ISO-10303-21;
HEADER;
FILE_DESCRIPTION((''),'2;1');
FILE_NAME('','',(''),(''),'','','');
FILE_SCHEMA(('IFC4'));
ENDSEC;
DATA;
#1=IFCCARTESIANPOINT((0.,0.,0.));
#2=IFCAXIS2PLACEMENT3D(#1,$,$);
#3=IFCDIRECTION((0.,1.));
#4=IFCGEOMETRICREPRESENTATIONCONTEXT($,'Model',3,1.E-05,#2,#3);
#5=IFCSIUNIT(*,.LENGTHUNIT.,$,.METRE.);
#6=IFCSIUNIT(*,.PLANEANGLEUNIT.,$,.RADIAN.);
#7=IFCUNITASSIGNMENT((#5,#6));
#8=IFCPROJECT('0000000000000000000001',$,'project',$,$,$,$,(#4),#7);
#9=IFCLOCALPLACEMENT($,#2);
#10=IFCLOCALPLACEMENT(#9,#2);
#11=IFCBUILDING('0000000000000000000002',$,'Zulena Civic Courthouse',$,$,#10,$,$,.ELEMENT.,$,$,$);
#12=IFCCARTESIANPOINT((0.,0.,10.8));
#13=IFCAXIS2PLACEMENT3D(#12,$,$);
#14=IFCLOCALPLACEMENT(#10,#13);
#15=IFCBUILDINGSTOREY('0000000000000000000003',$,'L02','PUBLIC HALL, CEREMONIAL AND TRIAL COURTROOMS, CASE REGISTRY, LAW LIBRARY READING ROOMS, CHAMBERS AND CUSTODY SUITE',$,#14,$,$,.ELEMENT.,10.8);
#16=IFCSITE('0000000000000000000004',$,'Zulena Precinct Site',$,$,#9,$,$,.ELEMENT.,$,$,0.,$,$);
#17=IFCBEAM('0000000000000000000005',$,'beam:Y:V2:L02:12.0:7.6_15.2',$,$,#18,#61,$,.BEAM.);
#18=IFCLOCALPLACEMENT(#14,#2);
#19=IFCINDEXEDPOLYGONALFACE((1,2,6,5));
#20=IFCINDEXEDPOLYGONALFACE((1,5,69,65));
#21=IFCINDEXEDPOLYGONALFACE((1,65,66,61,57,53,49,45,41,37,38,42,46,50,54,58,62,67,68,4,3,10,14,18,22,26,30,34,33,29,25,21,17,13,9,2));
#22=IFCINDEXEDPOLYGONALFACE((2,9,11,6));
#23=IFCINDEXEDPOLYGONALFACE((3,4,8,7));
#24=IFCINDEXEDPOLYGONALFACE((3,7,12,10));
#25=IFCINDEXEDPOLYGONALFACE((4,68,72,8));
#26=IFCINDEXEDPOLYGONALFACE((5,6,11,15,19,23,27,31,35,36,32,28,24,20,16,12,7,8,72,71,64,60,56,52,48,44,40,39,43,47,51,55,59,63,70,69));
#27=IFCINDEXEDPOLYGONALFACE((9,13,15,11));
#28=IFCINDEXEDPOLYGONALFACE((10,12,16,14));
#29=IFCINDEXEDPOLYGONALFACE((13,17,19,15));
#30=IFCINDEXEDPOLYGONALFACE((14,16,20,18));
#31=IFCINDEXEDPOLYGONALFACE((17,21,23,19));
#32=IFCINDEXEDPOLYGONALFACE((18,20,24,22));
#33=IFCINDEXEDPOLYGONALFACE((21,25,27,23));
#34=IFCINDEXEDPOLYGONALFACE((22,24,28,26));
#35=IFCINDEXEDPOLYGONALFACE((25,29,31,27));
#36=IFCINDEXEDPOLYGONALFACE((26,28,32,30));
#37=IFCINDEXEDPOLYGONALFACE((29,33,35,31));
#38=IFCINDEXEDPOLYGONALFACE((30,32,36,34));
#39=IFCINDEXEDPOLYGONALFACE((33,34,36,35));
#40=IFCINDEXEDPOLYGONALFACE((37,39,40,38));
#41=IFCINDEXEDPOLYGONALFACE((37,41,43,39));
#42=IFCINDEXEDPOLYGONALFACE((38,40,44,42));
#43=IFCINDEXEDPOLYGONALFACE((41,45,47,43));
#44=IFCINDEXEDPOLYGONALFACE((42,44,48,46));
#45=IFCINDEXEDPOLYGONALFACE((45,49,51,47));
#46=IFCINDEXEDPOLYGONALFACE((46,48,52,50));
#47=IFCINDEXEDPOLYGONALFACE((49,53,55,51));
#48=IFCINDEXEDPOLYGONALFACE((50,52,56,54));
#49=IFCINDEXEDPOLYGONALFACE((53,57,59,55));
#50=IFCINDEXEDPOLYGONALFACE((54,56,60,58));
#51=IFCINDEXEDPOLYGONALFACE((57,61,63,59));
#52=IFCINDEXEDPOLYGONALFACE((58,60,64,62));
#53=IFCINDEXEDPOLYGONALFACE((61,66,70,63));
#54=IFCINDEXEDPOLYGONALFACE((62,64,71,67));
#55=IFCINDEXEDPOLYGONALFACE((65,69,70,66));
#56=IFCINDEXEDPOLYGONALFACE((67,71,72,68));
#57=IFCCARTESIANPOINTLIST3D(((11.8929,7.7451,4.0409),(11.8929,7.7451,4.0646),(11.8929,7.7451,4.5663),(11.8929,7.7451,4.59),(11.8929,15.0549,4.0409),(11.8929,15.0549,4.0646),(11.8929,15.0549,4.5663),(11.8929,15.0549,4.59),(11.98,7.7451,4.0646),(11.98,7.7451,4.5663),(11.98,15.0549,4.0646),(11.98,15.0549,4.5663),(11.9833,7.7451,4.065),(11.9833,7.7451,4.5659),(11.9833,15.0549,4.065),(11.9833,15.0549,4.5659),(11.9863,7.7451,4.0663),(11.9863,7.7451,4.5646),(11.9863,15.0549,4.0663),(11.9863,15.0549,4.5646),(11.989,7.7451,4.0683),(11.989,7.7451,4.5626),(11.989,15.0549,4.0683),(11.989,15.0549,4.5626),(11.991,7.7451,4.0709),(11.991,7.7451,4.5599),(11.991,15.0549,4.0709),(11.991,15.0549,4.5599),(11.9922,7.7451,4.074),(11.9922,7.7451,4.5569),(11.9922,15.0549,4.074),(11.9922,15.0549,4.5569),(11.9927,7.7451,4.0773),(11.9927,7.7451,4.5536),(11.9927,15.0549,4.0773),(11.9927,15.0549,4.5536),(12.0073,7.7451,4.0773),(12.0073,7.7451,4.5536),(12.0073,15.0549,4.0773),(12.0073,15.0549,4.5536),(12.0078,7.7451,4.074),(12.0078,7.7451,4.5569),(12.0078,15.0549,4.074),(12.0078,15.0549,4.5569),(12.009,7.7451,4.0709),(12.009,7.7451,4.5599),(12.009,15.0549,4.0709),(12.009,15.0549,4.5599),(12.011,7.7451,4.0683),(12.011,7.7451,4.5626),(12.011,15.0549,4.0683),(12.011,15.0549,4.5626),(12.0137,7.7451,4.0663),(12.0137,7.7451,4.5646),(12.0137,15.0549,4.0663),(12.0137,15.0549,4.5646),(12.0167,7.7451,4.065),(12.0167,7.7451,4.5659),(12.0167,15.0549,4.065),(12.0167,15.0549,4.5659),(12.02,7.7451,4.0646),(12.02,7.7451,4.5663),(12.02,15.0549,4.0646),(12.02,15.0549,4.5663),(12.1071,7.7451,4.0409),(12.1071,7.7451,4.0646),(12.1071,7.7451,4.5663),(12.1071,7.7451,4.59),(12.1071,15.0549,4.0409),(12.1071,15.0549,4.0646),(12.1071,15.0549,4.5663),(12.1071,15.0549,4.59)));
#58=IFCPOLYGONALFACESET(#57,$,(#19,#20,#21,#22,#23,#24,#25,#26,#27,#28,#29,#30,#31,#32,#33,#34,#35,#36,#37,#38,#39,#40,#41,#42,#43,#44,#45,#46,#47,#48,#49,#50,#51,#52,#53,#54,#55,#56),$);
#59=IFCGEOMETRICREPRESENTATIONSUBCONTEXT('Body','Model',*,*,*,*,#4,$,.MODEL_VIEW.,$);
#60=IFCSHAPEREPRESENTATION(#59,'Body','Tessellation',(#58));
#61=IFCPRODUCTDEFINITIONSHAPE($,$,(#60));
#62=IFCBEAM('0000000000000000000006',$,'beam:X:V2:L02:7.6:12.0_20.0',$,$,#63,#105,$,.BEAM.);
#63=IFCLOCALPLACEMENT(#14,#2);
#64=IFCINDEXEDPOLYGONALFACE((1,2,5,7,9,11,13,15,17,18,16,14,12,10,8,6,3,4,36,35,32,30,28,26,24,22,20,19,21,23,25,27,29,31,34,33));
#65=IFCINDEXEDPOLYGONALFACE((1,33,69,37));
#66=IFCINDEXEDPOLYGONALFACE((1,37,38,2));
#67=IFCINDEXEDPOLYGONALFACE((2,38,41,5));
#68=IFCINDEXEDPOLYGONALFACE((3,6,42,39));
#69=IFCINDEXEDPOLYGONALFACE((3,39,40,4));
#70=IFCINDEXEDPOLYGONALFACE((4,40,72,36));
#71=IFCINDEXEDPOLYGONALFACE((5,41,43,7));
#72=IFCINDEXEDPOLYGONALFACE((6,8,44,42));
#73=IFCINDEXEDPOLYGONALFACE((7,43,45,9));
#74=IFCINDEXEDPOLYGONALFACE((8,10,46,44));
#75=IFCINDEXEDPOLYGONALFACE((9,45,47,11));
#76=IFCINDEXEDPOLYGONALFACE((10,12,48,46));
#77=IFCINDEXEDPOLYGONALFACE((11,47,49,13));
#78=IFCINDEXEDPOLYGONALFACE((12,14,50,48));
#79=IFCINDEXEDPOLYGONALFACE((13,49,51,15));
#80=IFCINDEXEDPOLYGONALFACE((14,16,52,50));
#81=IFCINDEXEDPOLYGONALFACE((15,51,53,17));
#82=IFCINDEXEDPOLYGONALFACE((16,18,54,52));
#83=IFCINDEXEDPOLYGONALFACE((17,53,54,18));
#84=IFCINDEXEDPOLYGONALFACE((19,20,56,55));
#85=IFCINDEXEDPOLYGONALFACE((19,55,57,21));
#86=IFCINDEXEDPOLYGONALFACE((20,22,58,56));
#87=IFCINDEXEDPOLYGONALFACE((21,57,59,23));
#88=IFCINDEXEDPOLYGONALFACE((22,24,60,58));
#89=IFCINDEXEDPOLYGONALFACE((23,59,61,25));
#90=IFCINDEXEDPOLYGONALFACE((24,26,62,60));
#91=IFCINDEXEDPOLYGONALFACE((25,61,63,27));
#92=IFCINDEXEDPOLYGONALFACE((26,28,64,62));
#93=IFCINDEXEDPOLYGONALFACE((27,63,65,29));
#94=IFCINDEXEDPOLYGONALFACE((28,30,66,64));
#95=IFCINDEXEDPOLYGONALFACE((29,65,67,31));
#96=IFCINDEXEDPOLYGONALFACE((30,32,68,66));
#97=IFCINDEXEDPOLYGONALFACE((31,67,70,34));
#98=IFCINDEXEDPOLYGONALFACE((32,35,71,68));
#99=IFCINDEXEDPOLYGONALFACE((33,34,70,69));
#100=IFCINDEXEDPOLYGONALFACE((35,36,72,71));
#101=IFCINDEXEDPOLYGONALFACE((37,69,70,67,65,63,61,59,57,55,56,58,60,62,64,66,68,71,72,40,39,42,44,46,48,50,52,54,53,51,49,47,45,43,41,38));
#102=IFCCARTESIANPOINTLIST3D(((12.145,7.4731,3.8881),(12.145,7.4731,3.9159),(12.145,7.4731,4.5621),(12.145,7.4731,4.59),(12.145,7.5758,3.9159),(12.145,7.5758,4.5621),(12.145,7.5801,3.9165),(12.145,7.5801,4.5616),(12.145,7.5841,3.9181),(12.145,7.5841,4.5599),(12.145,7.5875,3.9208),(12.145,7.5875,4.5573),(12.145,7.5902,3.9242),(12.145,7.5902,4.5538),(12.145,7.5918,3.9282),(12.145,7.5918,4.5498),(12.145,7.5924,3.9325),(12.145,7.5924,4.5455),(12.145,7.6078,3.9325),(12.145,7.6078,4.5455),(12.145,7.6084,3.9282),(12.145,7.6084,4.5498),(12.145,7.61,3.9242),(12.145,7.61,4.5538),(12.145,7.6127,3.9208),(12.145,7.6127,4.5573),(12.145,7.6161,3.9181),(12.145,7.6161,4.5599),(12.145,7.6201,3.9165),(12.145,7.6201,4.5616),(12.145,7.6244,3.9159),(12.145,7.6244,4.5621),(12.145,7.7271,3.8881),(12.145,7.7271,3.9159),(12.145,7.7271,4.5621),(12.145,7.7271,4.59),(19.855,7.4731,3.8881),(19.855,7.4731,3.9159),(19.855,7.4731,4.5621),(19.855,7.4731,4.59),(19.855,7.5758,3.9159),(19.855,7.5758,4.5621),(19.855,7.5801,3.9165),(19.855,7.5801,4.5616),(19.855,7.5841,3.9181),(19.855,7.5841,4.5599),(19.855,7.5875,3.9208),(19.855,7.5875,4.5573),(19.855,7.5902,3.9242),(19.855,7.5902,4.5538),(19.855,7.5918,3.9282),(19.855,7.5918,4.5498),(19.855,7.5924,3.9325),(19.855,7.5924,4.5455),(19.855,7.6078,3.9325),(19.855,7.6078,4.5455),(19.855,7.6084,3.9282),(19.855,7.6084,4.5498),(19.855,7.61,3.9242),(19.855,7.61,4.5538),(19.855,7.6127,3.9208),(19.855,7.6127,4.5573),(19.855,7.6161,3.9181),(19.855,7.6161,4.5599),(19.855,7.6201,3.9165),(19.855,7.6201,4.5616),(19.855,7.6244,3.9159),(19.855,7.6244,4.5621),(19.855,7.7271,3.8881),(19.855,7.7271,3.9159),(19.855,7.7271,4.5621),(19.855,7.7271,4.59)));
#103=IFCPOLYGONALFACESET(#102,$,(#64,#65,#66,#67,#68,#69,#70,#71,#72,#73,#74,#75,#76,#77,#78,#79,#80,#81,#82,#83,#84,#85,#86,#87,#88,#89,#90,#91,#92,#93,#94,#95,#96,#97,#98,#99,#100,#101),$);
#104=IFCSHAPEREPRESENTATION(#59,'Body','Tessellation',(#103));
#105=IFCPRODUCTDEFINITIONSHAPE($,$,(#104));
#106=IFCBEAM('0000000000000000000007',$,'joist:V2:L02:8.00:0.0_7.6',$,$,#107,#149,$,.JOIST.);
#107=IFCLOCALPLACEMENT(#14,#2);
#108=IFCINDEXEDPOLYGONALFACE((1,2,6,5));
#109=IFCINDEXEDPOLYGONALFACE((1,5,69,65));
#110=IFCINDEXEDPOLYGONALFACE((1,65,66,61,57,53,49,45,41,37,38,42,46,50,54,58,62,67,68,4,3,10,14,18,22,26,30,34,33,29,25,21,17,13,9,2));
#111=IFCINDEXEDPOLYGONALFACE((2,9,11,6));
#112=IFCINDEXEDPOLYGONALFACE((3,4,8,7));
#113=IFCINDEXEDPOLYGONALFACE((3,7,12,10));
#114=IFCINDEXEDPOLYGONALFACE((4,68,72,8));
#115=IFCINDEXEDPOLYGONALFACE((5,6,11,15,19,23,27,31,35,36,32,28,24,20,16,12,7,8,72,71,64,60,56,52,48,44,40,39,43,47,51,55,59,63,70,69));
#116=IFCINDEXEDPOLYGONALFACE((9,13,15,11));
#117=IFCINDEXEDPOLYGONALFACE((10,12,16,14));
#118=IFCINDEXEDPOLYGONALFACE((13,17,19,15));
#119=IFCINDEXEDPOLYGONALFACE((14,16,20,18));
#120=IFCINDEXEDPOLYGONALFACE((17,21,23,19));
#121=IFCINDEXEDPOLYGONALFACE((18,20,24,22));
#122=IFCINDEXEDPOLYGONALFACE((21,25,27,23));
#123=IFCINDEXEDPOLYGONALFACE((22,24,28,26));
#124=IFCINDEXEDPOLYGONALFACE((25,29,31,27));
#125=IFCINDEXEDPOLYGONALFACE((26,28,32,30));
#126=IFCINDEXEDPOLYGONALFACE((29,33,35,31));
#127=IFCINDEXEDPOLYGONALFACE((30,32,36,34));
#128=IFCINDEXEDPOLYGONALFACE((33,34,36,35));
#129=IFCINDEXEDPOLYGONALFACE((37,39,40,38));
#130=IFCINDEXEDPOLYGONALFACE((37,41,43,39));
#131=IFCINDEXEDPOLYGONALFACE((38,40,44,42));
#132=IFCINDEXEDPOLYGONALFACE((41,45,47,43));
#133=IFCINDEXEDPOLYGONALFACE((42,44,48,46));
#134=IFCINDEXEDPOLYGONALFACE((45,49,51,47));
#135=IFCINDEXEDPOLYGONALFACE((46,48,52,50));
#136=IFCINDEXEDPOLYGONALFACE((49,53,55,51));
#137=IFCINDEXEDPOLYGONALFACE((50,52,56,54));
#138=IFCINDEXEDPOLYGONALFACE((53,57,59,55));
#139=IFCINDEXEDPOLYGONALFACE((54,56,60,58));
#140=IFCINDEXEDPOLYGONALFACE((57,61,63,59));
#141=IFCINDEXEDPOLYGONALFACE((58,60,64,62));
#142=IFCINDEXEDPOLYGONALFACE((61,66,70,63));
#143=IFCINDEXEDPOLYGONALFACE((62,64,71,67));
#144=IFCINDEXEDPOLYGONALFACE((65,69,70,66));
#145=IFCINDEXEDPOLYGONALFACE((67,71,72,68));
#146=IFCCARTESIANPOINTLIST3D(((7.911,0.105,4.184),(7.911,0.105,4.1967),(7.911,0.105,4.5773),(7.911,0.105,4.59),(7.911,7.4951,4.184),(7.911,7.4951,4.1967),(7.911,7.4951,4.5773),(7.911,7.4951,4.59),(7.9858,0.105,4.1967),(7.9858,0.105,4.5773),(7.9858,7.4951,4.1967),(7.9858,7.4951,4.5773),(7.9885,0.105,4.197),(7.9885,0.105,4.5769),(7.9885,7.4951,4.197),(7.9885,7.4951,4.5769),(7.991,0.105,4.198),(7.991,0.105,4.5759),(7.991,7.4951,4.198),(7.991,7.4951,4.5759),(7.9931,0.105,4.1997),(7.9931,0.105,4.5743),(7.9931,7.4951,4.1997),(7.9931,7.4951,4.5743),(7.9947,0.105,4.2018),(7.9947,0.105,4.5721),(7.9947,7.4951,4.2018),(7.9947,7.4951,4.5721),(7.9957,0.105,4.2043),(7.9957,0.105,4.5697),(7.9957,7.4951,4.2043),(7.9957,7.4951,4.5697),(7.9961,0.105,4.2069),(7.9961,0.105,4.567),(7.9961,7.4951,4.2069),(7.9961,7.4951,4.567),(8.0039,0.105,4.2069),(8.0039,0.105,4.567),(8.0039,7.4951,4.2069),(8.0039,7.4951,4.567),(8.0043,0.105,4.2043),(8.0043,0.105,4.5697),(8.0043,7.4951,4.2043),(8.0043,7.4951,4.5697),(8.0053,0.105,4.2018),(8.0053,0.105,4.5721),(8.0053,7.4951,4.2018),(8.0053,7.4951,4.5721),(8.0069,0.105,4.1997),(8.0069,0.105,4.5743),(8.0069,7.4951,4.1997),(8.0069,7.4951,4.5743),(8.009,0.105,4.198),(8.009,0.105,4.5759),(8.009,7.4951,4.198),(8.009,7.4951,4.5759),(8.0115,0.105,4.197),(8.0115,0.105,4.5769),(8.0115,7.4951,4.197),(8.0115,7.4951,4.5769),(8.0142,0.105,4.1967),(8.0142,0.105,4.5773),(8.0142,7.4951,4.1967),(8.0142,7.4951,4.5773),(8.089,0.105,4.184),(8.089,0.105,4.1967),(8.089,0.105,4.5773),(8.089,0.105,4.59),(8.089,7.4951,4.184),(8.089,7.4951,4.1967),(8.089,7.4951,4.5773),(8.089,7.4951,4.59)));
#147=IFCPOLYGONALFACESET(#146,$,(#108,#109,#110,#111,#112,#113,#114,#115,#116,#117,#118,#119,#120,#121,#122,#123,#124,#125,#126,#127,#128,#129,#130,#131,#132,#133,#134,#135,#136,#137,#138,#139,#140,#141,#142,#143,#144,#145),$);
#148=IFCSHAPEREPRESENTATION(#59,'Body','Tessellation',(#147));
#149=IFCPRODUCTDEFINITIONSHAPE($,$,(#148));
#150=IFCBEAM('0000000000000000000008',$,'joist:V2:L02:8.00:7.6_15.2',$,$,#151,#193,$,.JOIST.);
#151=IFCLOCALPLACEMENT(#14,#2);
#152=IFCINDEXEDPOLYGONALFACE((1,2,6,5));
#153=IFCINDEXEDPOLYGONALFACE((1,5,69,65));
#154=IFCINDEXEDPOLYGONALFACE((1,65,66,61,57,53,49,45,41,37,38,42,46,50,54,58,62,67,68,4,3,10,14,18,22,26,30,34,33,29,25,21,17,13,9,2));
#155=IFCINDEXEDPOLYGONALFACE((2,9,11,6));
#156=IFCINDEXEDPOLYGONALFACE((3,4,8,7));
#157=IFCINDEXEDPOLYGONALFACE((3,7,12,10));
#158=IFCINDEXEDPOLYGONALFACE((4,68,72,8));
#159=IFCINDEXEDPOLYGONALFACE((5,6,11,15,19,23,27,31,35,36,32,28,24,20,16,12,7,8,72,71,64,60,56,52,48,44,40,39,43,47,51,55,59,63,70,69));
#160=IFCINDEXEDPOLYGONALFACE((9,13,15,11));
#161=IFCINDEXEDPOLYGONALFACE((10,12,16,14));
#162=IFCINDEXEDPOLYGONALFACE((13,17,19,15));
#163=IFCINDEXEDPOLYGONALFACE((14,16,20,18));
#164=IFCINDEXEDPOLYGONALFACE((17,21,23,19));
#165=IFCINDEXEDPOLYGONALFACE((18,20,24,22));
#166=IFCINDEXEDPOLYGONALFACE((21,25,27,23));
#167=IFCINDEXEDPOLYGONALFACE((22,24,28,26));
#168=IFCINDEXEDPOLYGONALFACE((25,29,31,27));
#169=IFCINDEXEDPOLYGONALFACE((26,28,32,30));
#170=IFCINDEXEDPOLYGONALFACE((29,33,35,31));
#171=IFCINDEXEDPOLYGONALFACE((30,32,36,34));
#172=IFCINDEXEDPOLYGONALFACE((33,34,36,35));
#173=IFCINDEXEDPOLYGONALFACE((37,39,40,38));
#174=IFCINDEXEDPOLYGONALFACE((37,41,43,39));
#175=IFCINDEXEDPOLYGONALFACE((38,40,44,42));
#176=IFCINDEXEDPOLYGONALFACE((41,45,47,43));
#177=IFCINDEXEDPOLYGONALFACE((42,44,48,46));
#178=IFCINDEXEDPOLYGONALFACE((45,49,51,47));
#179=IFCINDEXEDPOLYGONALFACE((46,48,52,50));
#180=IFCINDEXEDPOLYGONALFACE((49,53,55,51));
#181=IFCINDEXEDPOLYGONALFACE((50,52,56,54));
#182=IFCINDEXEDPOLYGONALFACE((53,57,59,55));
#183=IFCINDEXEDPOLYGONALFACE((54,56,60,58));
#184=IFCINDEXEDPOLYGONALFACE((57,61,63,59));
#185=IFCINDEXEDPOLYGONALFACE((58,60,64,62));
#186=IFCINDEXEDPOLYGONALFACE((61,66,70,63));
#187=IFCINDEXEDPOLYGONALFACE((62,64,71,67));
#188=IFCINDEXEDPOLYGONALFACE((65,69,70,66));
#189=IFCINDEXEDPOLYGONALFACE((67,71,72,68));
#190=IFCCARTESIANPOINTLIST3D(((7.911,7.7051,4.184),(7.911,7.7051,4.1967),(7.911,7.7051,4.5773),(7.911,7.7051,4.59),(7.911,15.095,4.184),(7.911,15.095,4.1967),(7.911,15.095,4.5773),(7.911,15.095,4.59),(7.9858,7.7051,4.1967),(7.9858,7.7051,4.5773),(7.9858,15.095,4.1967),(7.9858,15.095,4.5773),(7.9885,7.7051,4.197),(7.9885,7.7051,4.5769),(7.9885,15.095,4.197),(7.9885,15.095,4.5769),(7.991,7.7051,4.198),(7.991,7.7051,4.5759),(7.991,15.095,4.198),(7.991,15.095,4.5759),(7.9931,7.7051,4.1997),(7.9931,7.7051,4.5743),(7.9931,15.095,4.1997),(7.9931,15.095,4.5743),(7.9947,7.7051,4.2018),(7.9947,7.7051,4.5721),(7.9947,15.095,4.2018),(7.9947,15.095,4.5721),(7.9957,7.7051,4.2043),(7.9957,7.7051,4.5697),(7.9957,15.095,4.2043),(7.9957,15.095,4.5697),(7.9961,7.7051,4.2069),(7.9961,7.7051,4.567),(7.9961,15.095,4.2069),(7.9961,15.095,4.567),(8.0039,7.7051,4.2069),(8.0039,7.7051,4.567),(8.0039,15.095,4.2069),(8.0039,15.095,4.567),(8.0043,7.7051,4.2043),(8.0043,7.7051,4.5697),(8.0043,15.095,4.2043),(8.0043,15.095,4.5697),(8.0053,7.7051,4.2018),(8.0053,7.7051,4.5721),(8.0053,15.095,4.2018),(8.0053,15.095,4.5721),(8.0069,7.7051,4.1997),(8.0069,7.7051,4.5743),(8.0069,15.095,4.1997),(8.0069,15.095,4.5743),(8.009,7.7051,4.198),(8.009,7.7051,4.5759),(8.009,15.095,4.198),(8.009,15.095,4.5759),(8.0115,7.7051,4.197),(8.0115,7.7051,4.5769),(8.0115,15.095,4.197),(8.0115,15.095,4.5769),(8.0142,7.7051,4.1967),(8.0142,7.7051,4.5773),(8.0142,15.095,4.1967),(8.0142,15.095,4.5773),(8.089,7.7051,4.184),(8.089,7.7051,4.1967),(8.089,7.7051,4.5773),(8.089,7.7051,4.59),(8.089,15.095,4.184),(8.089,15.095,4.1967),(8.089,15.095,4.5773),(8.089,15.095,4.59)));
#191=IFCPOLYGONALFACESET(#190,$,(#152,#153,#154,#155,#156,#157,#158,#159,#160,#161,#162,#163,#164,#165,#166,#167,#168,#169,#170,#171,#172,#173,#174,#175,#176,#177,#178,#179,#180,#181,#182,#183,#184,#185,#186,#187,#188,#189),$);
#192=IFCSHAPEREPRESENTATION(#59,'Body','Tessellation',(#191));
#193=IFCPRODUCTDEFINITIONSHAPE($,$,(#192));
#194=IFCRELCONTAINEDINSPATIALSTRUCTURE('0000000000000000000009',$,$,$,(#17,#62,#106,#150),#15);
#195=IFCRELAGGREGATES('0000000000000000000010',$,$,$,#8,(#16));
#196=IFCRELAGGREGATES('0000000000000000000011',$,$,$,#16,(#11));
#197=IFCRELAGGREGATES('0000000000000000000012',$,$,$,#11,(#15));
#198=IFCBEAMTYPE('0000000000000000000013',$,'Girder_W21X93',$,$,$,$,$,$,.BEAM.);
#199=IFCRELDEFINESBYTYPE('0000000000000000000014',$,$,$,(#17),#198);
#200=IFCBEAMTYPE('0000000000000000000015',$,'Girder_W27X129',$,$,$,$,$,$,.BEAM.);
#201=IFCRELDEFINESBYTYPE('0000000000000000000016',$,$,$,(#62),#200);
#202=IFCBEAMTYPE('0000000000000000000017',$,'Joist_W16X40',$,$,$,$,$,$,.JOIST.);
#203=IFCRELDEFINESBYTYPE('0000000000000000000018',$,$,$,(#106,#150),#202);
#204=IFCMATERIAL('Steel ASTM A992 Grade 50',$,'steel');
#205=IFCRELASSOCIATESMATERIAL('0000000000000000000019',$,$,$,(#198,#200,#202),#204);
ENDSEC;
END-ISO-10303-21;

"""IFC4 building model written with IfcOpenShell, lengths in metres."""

from ifc_helpers import new_model, si_unit, direction, frame, origin, origin_2d, place, context, subcontext, project, spatial, i_section, extrude, material, material_profile, profile_set, type_object, element, save


model = new_model("IFC4")

# Units and contexts
model_context = context("Model", 3, precision=1e-05, world=origin(), true_north=direction((0.0, 1.0)))
body_context = subcontext(model_context, "Body", "Model", "MODEL_VIEW")
ifc_project = project(units=[si_unit("LENGTHUNIT", "METRE"), si_unit("PLANEANGLEUNIT", "RADIAN")], contexts=[model_context])

# Site, building, storey
site_placement = place(None, origin())
site = spatial("IfcSite", under=ifc_project, at=site_placement, Name="Zulena Precinct Site", CompositionType="ELEMENT", RefElevation=0.0)
building_placement = place(site_placement, origin())
building = spatial("IfcBuilding", under=site, at=building_placement, Name="Zulena Civic Courthouse", CompositionType="ELEMENT")
storey_placement = place(building_placement, frame((0.0, 0.0, 10.8)))
storey = spatial("IfcBuildingStorey", under=building, at=storey_placement, Name="L02", Description="PUBLIC HALL, CEREMONIAL AND TRIAL COURTROOMS, CASE REGISTRY, LAW LIBRARY READING ROOMS, CHAMBERS AND CUSTODY SUITE", CompositionType="ELEMENT", Elevation=10.8)

# Shared definitions
ifc_material_1 = material(Name="Steel ASTM A992 Grade 50", Category="steel")

# Beams
ifc_material_profile_1 = material_profile(ifc_material_1, i_section(OverallWidth=0.2141, OverallDepth=0.5491, WebThickness=0.0146, FlangeThickness=0.0237, FilletRadius=0.0127, at=origin_2d()), Name="W21X93")
ifc_profile_set_1 = profile_set([ifc_material_profile_1], Name="Steel ASTM A992 Grade 50")
beam_type_1 = type_object("IfcBeamType", Name="Girder_W21X93", PredefinedType="BEAM", material=ifc_profile_set_1)
beam_1_placement = place(storey_placement, frame((12.0, 7.7451, 4.3154), z_axis=(0.0, 1.0, 0.0), x_axis=(-1.0, 0.0, 0.0)))
element("IfcBeam", 1, at=beam_1_placement, inside=storey, type_object=beam_type_1, Name="beam:Y:V2:L02:12.0:7.6_15.2", PredefinedType="BEAM", context=body_context, shape_type="SweptSolid", body=[
    extrude(i_section(OverallWidth=0.2141, OverallDepth=0.5491, WebThickness=0.0146, FlangeThickness=0.0237, FilletRadius=0.0127, at=origin_2d()), origin(), (0.0, 0.0, 1.0), 7.3098),
])
ifc_material_profile_2 = material_profile(ifc_material_1, i_section(OverallWidth=0.2539, OverallDepth=0.7019, WebThickness=0.0154, FlangeThickness=0.0278, FilletRadius=0.0166, at=origin_2d()), Name="W27X129")
ifc_profile_set_2 = profile_set([ifc_material_profile_2], Name="Steel ASTM A992 Grade 50")
beam_type_2 = type_object("IfcBeamType", Name="Girder_W27X129", PredefinedType="BEAM", material=ifc_profile_set_2)
beam_2_placement = place(storey_placement, frame((12.145, 7.6001, 4.239), z_axis=(1.0, 0.0, 0.0), x_axis=(0.0, 1.0, 0.0)))
element("IfcBeam", 2, at=beam_2_placement, inside=storey, type_object=beam_type_2, Name="beam:X:V2:L02:7.6:12.0_20.0", PredefinedType="BEAM", context=body_context, shape_type="SweptSolid", body=[
    extrude(i_section(OverallWidth=0.2539, OverallDepth=0.7019, WebThickness=0.0154, FlangeThickness=0.0278, FilletRadius=0.0166, at=origin_2d()), origin(), (0.0, 0.0, 1.0), 7.71),
])
ifc_material_profile_3 = material_profile(ifc_material_1, i_section(OverallWidth=0.178, OverallDepth=0.406, WebThickness=0.0078, FlangeThickness=0.0127, FilletRadius=0.0103, at=origin_2d()), Name="W16X40")
ifc_profile_set_3 = profile_set([ifc_material_profile_3], Name="Steel ASTM A992 Grade 50")
beam_type_3 = type_object("IfcBeamType", Name="Joist_W16X40", PredefinedType="JOIST", material=ifc_profile_set_3)
beam_3_placement = place(storey_placement, frame((8.0, 0.105, 4.387), z_axis=(0.0, 1.0, 0.0), x_axis=(-1.0, 0.0, 0.0)))
element("IfcBeam", 3, at=beam_3_placement, inside=storey, type_object=beam_type_3, Name="joist:V2:L02:8.00:0.0_7.6", PredefinedType="JOIST", context=body_context, shape_type="SweptSolid", body=[
    extrude(i_section(OverallWidth=0.178, OverallDepth=0.406, WebThickness=0.0078, FlangeThickness=0.0127, FilletRadius=0.0103, at=origin_2d()), origin(), (0.0, 0.0, 1.0), 7.3901),
])
beam_4_placement = place(storey_placement, frame((8.0, 7.7051, 4.387), z_axis=(0.0, 1.0, 0.0), x_axis=(-1.0, 0.0, 0.0)))
element("IfcBeam", 4, at=beam_4_placement, inside=storey, type_object=beam_type_3, Name="joist:V2:L02:8.00:7.6_15.2", PredefinedType="JOIST", context=body_context, shape_type="SweptSolid", body=[
    extrude(i_section(OverallWidth=0.178, OverallDepth=0.406, WebThickness=0.0078, FlangeThickness=0.0127, FilletRadius=0.0103, at=origin_2d()), origin(), (0.0, 0.0, 1.0), 7.3899),
])

save(model, "model.ifc")
